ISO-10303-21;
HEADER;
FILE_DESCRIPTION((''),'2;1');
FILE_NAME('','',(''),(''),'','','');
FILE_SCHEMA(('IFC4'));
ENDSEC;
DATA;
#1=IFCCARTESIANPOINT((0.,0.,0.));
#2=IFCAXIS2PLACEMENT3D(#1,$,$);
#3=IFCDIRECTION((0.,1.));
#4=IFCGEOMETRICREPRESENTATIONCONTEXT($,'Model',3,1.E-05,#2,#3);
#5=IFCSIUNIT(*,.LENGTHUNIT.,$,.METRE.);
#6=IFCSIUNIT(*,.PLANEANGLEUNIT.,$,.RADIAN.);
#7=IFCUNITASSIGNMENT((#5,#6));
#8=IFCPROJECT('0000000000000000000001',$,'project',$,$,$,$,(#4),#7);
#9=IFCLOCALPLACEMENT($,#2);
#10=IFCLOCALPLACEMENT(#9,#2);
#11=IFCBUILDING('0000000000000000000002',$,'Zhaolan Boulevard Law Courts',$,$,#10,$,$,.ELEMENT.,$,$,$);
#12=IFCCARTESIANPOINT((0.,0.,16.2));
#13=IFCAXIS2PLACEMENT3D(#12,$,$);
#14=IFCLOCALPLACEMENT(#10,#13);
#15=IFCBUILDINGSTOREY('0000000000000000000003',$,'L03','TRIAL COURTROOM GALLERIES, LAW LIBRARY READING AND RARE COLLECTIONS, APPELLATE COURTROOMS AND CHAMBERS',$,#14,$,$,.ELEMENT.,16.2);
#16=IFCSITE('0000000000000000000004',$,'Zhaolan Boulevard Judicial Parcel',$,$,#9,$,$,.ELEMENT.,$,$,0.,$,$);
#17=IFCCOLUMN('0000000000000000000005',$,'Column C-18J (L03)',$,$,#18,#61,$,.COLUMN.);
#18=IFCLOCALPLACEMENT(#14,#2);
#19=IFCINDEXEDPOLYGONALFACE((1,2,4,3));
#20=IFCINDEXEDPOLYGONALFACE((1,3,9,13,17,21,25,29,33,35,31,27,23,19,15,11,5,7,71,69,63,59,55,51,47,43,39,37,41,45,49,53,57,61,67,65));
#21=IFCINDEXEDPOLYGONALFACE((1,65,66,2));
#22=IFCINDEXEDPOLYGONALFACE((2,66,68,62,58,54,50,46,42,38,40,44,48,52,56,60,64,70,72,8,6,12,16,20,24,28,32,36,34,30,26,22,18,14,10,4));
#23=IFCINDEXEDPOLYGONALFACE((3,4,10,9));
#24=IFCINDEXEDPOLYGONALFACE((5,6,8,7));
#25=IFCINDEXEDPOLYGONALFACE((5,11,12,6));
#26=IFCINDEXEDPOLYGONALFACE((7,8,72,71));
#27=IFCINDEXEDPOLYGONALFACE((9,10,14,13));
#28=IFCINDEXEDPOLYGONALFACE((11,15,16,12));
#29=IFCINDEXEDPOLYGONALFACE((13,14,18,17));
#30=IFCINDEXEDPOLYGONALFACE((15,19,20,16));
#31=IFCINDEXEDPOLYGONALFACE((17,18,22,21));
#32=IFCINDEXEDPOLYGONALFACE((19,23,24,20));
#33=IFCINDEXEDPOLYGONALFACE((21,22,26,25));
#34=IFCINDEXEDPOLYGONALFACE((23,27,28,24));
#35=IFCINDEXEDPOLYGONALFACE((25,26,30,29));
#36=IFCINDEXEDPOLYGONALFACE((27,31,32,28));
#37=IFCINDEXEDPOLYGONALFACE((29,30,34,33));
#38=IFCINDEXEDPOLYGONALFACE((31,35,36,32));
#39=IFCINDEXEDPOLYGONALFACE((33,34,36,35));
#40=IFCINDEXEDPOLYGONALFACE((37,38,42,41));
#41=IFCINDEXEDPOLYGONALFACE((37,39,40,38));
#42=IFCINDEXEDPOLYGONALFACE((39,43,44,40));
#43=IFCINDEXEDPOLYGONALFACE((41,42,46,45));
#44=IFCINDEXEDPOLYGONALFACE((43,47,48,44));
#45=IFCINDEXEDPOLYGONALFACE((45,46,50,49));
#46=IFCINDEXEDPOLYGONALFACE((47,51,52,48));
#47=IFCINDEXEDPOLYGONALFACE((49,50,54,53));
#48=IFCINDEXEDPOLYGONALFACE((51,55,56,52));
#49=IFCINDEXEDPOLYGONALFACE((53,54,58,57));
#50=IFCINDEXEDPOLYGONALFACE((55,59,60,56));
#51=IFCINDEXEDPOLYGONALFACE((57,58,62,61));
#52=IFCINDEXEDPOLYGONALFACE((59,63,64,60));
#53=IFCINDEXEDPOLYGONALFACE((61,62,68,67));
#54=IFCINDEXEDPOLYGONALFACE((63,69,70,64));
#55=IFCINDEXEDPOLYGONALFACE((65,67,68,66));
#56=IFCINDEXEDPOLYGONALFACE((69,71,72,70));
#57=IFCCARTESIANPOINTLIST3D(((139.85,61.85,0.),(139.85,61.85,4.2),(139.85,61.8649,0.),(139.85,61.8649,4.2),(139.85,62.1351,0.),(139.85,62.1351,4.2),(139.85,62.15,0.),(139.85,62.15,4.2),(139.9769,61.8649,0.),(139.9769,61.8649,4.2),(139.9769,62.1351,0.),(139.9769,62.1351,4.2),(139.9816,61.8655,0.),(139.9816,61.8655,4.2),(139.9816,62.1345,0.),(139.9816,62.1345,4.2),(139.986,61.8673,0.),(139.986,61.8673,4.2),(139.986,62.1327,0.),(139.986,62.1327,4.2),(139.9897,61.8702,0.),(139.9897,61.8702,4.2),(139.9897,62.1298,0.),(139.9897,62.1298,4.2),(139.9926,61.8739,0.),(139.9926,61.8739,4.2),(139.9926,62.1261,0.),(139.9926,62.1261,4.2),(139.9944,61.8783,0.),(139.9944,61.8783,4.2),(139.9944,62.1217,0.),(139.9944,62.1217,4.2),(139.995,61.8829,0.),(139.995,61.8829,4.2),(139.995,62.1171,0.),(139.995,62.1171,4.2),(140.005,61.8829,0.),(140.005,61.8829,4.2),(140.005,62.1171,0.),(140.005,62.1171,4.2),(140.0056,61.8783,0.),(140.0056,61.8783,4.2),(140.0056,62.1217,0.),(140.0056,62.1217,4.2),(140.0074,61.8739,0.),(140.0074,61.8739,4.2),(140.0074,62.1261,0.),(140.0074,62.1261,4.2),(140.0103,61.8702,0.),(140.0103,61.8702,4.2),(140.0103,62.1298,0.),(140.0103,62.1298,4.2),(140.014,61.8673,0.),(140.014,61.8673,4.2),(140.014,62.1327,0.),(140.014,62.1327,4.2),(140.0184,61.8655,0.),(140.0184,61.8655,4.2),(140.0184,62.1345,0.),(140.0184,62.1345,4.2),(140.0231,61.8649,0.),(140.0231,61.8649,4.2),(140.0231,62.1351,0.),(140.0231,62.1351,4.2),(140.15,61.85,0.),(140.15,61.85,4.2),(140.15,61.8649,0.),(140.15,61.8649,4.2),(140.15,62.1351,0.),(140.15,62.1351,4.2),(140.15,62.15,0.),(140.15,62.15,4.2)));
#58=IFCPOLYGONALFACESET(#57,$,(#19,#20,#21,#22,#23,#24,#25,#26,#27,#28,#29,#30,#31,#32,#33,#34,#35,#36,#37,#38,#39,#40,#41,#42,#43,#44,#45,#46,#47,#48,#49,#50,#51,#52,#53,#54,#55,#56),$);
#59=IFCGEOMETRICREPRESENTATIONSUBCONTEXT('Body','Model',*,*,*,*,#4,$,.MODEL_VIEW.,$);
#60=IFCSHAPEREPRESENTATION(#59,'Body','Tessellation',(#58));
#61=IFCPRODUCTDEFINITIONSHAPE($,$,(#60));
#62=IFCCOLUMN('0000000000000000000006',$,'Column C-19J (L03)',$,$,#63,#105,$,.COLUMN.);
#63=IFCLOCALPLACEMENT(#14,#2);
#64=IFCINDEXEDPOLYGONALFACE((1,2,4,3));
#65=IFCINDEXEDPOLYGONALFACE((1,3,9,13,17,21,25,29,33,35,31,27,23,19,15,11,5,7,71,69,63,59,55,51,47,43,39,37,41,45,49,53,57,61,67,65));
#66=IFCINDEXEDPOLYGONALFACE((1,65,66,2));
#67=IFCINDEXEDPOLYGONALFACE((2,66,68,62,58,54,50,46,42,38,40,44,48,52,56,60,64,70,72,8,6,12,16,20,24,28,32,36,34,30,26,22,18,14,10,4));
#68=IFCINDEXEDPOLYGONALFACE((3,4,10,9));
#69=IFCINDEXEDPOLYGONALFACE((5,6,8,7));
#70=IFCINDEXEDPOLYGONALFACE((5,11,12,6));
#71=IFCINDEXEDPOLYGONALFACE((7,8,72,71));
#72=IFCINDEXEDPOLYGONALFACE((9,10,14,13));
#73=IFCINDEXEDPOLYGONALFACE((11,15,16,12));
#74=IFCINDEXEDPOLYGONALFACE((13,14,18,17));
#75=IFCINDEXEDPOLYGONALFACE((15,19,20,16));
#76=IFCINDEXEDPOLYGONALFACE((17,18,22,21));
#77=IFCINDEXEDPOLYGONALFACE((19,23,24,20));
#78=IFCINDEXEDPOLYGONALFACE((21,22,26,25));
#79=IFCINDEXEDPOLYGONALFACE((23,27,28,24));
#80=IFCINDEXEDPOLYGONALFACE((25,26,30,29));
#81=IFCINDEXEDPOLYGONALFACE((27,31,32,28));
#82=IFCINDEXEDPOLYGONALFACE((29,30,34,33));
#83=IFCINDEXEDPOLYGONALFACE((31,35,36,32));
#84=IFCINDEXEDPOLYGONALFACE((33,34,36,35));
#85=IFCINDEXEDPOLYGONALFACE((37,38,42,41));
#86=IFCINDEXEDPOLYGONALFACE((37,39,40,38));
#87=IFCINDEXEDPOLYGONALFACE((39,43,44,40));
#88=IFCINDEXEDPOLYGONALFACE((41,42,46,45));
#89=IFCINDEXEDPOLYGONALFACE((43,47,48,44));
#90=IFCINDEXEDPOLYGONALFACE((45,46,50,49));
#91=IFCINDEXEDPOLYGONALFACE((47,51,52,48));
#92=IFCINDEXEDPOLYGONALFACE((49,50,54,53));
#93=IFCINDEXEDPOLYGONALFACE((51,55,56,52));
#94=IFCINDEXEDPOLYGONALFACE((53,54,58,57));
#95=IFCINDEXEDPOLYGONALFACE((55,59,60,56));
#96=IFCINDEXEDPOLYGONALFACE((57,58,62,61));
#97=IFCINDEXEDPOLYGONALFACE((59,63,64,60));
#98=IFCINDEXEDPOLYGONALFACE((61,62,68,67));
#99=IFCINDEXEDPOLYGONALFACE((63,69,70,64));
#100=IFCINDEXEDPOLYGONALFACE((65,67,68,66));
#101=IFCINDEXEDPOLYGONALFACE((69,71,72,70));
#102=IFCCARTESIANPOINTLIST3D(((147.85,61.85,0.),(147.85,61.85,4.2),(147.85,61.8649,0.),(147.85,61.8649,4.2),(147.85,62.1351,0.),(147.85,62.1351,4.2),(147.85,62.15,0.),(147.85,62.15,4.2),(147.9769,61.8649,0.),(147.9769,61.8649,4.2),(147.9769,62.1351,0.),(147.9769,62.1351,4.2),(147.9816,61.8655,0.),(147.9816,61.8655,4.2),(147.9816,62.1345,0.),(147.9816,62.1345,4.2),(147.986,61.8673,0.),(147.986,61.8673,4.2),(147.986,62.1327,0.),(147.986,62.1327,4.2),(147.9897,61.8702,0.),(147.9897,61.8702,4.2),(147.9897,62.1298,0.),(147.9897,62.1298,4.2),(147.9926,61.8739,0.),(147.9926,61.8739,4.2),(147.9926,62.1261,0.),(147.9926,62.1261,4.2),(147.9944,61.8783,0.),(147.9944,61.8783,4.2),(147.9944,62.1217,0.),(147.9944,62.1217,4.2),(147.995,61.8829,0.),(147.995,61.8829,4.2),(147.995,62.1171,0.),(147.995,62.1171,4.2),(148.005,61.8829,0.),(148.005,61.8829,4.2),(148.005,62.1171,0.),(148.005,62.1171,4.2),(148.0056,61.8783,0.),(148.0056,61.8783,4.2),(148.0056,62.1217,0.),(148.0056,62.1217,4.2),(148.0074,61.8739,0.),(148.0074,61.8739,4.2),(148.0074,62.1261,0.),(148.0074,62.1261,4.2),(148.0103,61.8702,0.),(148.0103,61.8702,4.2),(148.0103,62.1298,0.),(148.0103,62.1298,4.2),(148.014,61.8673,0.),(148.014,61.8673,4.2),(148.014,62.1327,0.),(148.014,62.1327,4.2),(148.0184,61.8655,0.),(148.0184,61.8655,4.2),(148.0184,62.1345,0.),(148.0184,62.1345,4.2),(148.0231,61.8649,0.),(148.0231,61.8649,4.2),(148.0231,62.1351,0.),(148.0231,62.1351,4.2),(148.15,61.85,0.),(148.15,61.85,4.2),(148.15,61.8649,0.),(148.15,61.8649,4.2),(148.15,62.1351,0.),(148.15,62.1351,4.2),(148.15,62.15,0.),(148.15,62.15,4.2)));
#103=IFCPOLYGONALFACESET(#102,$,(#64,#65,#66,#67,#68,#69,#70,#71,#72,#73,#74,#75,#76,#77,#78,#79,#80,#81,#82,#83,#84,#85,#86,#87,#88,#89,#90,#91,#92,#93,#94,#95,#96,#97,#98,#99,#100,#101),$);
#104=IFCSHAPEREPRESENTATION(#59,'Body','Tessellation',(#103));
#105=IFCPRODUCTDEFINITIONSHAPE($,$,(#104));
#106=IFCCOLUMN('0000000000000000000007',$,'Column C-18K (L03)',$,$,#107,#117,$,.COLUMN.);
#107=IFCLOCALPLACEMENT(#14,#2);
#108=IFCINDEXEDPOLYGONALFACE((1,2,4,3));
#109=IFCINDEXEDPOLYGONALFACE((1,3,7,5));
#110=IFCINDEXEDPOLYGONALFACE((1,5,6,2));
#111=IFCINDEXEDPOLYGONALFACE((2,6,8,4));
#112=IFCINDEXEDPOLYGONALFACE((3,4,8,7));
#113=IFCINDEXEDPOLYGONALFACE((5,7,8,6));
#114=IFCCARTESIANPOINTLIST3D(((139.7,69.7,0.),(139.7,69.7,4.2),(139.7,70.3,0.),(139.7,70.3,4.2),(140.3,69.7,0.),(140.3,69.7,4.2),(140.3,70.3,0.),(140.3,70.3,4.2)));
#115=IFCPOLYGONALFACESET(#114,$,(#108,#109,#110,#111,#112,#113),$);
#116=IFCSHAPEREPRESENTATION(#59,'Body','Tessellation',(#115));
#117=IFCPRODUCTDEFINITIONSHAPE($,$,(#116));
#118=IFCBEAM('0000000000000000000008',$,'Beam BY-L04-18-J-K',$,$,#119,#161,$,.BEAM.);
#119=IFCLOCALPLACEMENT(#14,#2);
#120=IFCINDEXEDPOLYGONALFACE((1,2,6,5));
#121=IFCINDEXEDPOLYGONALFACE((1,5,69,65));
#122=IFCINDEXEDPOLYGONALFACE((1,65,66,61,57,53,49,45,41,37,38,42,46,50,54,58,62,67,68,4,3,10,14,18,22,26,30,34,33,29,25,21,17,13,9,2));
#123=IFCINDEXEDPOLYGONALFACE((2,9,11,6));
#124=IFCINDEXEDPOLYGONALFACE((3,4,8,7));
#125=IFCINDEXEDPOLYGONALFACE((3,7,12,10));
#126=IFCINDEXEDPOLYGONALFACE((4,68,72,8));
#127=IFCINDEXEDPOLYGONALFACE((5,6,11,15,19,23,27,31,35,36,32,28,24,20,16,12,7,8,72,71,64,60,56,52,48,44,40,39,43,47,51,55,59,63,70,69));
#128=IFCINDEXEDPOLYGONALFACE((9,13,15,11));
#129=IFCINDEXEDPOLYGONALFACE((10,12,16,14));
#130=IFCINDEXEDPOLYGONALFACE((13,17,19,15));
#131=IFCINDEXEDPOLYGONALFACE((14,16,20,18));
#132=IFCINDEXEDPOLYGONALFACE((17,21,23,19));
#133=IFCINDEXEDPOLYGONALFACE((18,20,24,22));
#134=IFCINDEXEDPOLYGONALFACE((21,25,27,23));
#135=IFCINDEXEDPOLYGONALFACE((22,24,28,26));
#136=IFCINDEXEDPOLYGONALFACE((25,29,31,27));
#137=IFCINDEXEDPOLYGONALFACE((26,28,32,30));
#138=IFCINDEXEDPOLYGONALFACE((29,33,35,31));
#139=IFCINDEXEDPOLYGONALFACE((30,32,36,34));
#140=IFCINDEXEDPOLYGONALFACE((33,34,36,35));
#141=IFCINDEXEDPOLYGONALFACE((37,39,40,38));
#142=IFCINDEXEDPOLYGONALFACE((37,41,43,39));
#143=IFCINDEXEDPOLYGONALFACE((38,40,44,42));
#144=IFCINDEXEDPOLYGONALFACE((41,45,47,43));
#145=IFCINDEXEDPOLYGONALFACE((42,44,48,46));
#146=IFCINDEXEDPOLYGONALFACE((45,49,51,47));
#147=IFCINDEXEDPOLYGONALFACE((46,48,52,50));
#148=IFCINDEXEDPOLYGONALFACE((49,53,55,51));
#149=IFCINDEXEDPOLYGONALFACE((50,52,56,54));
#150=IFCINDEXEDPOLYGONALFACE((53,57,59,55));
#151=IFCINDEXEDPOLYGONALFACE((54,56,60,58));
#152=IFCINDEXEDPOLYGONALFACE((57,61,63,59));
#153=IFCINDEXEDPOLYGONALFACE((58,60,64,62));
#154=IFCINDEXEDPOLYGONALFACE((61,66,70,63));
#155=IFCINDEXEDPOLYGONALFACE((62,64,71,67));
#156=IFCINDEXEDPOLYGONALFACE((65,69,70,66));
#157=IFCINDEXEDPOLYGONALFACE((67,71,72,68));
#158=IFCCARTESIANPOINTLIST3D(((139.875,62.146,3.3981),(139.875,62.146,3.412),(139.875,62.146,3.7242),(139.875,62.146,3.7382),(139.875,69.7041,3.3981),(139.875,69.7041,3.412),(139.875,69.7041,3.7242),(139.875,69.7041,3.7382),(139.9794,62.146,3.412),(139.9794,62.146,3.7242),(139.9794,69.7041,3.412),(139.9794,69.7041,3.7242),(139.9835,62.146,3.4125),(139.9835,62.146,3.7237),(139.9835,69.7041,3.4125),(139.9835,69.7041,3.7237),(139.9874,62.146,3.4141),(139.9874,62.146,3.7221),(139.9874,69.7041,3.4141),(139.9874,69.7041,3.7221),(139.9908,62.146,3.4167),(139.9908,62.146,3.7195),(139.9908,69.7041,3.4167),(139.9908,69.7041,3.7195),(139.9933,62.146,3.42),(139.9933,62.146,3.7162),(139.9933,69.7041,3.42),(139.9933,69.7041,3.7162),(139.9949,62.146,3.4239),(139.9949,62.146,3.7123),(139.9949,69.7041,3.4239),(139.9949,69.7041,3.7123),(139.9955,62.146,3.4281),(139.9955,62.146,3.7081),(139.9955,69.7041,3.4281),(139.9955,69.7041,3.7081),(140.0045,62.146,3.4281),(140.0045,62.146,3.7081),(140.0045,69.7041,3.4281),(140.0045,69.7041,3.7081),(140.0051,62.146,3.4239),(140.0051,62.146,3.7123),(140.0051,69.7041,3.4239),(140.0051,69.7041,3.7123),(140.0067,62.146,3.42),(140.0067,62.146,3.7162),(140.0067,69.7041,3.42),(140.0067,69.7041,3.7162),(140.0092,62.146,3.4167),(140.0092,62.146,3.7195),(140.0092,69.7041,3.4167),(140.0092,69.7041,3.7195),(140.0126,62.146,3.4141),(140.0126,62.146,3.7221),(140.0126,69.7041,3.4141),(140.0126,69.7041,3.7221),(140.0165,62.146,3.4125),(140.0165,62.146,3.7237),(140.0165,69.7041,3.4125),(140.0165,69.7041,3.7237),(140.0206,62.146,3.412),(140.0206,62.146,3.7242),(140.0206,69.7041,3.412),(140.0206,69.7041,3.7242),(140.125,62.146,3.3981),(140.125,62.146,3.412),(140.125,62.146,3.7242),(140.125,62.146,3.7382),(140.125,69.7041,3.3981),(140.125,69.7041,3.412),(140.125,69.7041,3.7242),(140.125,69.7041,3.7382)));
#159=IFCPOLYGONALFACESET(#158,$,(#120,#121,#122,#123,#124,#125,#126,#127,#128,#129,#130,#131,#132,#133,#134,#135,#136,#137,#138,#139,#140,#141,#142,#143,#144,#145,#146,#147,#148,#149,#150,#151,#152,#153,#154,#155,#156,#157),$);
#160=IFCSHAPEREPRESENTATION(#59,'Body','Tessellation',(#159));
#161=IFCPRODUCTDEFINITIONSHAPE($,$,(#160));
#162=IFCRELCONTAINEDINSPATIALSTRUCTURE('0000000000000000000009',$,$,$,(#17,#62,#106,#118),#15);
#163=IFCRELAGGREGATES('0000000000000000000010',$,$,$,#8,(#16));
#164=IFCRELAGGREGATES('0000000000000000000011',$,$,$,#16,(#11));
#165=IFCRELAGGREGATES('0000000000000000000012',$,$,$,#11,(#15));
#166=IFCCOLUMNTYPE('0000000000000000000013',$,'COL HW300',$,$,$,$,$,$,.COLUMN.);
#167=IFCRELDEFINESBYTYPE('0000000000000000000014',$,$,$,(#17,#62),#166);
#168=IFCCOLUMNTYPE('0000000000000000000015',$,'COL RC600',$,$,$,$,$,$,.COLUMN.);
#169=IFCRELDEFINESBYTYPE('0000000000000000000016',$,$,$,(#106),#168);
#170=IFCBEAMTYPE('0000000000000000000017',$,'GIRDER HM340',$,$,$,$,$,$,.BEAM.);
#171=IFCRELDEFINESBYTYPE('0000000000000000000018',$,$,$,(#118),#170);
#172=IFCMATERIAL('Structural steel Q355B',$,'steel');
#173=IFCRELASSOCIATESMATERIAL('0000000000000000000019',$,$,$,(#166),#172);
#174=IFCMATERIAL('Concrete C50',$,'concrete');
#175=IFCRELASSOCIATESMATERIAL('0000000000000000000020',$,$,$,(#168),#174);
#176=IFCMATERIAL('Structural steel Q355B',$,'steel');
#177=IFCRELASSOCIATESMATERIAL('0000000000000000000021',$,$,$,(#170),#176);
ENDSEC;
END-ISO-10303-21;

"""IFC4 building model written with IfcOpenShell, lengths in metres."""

from ifc_helpers import new_model, si_unit, direction, frame, origin, origin_2d, place, context, subcontext, project, spatial, rectangle, i_section, extrude, material, material_profile, profile_set, type_object, element, save


model = new_model("IFC4")

# Units and contexts
model_context = context("Model", 3, precision=1e-05, world=origin(), true_north=direction((0.0, 1.0)))
body_context = subcontext(model_context, "Body", "Model", "MODEL_VIEW")
ifc_project = project(units=[si_unit("LENGTHUNIT", "METRE"), si_unit("PLANEANGLEUNIT", "RADIAN")], contexts=[model_context])

# Site, building, storey
site_placement = place(None, origin())
site = spatial("IfcSite", under=ifc_project, at=site_placement, Name="Zhaolan Boulevard Judicial Parcel", CompositionType="ELEMENT", RefElevation=0.0)
building_placement = place(site_placement, origin())
building = spatial("IfcBuilding", under=site, at=building_placement, Name="Zhaolan Boulevard Law Courts", CompositionType="ELEMENT")
storey_placement = place(building_placement, frame((0.0, 0.0, 16.2)))
storey = spatial("IfcBuildingStorey", under=building, at=storey_placement, Name="L03", Description="TRIAL COURTROOM GALLERIES, LAW LIBRARY READING AND RARE COLLECTIONS, APPELLATE COURTROOMS AND CHAMBERS", CompositionType="ELEMENT", Elevation=16.2)

# Columns
ifc_material_1 = material(Name="Structural steel Q355B", Category="steel")
ifc_material_profile_1 = material_profile(ifc_material_1, i_section(OverallWidth=0.3, OverallDepth=0.3, WebThickness=0.01, FlangeThickness=0.0149, FilletRadius=0.0181, at=origin_2d()), Name="HW300x300")
ifc_profile_set_1 = profile_set([ifc_material_profile_1], Name="Structural steel Q355B")
column_type_1 = type_object("IfcColumnType", Name="COL HW300", PredefinedType="COLUMN", material=ifc_profile_set_1)
for number, where, z_axis, x_axis, name in (
    (1, (140.0, 62.0, 0.0), (0.0, 0.0, 1.0), (1.0, 0.0, 0.0), "Column C-18J (L03)"),
    (2, (148.0, 62.0, 0.0), (0.0, 0.0, 1.0), (1.0, 0.0, 0.0), "Column C-19J (L03)"),
):
    element("IfcColumn", number, at=place(storey_placement, frame(where, z_axis=z_axis, x_axis=x_axis)), inside=storey, type_object=column_type_1, Name=name, PredefinedType="COLUMN", context=body_context, shape_type="SweptSolid", body=[
        extrude(i_section(OverallWidth=0.3, OverallDepth=0.3, WebThickness=0.01, FlangeThickness=0.0149, FilletRadius=0.0181, at=origin_2d()), origin(), (0.0, 0.0, 1.0), 4.2),
    ])
ifc_material_2 = material(Name="Concrete C50", Category="concrete")
ifc_material_profile_2 = material_profile(ifc_material_2, rectangle(XDim=0.6001, YDim=0.6001, at=origin_2d()), Name="RC600x600")
ifc_profile_set_2 = profile_set([ifc_material_profile_2], Name="Concrete C50")
column_type_2 = type_object("IfcColumnType", Name="COL RC600", PredefinedType="COLUMN", material=ifc_profile_set_2)
column_placement = place(storey_placement, frame((140.0, 70.0, 0.0), z_axis=(0.0, 0.0, 1.0), x_axis=(1.0, 0.0, 0.0)))
element("IfcColumn", 3, at=column_placement, inside=storey, type_object=column_type_2, Name="Column C-18K (L03)", PredefinedType="COLUMN", context=body_context, shape_type="SweptSolid", body=[
    extrude(rectangle(XDim=0.6001, YDim=0.6001, at=origin_2d()), origin(), (0.0, 0.0, 1.0), 4.2),
])

# Beam
ifc_material_3 = material(Name="Structural steel Q355B", Category="steel")
ifc_material_profile_3 = material_profile(ifc_material_3, i_section(OverallWidth=0.25, OverallDepth=0.3401, WebThickness=0.009, FlangeThickness=0.0139, FilletRadius=0.0161, at=origin_2d()), Name="HM340x250")
ifc_profile_set_3 = profile_set([ifc_material_profile_3], Name="Structural steel Q355B")
beam_type_1 = type_object("IfcBeamType", Name="GIRDER HM340", PredefinedType="BEAM", material=ifc_profile_set_3)
beam_1_placement = place(storey_placement, frame((140.0, 62.146, 3.5681), z_axis=(0.0, 1.0, 0.0), x_axis=(-1.0, 0.0, 0.0)))
element("IfcBeam", 4, at=beam_1_placement, inside=storey, type_object=beam_type_1, Name="Beam BY-L04-18-J-K", PredefinedType="BEAM", context=body_context, shape_type="SweptSolid", body=[
    extrude(i_section(OverallWidth=0.25, OverallDepth=0.3401, WebThickness=0.009, FlangeThickness=0.0139, FilletRadius=0.0161, at=origin_2d()), origin(), (0.0, 0.0, 1.0), 7.5581),
])

save(model, "model.ifc")
